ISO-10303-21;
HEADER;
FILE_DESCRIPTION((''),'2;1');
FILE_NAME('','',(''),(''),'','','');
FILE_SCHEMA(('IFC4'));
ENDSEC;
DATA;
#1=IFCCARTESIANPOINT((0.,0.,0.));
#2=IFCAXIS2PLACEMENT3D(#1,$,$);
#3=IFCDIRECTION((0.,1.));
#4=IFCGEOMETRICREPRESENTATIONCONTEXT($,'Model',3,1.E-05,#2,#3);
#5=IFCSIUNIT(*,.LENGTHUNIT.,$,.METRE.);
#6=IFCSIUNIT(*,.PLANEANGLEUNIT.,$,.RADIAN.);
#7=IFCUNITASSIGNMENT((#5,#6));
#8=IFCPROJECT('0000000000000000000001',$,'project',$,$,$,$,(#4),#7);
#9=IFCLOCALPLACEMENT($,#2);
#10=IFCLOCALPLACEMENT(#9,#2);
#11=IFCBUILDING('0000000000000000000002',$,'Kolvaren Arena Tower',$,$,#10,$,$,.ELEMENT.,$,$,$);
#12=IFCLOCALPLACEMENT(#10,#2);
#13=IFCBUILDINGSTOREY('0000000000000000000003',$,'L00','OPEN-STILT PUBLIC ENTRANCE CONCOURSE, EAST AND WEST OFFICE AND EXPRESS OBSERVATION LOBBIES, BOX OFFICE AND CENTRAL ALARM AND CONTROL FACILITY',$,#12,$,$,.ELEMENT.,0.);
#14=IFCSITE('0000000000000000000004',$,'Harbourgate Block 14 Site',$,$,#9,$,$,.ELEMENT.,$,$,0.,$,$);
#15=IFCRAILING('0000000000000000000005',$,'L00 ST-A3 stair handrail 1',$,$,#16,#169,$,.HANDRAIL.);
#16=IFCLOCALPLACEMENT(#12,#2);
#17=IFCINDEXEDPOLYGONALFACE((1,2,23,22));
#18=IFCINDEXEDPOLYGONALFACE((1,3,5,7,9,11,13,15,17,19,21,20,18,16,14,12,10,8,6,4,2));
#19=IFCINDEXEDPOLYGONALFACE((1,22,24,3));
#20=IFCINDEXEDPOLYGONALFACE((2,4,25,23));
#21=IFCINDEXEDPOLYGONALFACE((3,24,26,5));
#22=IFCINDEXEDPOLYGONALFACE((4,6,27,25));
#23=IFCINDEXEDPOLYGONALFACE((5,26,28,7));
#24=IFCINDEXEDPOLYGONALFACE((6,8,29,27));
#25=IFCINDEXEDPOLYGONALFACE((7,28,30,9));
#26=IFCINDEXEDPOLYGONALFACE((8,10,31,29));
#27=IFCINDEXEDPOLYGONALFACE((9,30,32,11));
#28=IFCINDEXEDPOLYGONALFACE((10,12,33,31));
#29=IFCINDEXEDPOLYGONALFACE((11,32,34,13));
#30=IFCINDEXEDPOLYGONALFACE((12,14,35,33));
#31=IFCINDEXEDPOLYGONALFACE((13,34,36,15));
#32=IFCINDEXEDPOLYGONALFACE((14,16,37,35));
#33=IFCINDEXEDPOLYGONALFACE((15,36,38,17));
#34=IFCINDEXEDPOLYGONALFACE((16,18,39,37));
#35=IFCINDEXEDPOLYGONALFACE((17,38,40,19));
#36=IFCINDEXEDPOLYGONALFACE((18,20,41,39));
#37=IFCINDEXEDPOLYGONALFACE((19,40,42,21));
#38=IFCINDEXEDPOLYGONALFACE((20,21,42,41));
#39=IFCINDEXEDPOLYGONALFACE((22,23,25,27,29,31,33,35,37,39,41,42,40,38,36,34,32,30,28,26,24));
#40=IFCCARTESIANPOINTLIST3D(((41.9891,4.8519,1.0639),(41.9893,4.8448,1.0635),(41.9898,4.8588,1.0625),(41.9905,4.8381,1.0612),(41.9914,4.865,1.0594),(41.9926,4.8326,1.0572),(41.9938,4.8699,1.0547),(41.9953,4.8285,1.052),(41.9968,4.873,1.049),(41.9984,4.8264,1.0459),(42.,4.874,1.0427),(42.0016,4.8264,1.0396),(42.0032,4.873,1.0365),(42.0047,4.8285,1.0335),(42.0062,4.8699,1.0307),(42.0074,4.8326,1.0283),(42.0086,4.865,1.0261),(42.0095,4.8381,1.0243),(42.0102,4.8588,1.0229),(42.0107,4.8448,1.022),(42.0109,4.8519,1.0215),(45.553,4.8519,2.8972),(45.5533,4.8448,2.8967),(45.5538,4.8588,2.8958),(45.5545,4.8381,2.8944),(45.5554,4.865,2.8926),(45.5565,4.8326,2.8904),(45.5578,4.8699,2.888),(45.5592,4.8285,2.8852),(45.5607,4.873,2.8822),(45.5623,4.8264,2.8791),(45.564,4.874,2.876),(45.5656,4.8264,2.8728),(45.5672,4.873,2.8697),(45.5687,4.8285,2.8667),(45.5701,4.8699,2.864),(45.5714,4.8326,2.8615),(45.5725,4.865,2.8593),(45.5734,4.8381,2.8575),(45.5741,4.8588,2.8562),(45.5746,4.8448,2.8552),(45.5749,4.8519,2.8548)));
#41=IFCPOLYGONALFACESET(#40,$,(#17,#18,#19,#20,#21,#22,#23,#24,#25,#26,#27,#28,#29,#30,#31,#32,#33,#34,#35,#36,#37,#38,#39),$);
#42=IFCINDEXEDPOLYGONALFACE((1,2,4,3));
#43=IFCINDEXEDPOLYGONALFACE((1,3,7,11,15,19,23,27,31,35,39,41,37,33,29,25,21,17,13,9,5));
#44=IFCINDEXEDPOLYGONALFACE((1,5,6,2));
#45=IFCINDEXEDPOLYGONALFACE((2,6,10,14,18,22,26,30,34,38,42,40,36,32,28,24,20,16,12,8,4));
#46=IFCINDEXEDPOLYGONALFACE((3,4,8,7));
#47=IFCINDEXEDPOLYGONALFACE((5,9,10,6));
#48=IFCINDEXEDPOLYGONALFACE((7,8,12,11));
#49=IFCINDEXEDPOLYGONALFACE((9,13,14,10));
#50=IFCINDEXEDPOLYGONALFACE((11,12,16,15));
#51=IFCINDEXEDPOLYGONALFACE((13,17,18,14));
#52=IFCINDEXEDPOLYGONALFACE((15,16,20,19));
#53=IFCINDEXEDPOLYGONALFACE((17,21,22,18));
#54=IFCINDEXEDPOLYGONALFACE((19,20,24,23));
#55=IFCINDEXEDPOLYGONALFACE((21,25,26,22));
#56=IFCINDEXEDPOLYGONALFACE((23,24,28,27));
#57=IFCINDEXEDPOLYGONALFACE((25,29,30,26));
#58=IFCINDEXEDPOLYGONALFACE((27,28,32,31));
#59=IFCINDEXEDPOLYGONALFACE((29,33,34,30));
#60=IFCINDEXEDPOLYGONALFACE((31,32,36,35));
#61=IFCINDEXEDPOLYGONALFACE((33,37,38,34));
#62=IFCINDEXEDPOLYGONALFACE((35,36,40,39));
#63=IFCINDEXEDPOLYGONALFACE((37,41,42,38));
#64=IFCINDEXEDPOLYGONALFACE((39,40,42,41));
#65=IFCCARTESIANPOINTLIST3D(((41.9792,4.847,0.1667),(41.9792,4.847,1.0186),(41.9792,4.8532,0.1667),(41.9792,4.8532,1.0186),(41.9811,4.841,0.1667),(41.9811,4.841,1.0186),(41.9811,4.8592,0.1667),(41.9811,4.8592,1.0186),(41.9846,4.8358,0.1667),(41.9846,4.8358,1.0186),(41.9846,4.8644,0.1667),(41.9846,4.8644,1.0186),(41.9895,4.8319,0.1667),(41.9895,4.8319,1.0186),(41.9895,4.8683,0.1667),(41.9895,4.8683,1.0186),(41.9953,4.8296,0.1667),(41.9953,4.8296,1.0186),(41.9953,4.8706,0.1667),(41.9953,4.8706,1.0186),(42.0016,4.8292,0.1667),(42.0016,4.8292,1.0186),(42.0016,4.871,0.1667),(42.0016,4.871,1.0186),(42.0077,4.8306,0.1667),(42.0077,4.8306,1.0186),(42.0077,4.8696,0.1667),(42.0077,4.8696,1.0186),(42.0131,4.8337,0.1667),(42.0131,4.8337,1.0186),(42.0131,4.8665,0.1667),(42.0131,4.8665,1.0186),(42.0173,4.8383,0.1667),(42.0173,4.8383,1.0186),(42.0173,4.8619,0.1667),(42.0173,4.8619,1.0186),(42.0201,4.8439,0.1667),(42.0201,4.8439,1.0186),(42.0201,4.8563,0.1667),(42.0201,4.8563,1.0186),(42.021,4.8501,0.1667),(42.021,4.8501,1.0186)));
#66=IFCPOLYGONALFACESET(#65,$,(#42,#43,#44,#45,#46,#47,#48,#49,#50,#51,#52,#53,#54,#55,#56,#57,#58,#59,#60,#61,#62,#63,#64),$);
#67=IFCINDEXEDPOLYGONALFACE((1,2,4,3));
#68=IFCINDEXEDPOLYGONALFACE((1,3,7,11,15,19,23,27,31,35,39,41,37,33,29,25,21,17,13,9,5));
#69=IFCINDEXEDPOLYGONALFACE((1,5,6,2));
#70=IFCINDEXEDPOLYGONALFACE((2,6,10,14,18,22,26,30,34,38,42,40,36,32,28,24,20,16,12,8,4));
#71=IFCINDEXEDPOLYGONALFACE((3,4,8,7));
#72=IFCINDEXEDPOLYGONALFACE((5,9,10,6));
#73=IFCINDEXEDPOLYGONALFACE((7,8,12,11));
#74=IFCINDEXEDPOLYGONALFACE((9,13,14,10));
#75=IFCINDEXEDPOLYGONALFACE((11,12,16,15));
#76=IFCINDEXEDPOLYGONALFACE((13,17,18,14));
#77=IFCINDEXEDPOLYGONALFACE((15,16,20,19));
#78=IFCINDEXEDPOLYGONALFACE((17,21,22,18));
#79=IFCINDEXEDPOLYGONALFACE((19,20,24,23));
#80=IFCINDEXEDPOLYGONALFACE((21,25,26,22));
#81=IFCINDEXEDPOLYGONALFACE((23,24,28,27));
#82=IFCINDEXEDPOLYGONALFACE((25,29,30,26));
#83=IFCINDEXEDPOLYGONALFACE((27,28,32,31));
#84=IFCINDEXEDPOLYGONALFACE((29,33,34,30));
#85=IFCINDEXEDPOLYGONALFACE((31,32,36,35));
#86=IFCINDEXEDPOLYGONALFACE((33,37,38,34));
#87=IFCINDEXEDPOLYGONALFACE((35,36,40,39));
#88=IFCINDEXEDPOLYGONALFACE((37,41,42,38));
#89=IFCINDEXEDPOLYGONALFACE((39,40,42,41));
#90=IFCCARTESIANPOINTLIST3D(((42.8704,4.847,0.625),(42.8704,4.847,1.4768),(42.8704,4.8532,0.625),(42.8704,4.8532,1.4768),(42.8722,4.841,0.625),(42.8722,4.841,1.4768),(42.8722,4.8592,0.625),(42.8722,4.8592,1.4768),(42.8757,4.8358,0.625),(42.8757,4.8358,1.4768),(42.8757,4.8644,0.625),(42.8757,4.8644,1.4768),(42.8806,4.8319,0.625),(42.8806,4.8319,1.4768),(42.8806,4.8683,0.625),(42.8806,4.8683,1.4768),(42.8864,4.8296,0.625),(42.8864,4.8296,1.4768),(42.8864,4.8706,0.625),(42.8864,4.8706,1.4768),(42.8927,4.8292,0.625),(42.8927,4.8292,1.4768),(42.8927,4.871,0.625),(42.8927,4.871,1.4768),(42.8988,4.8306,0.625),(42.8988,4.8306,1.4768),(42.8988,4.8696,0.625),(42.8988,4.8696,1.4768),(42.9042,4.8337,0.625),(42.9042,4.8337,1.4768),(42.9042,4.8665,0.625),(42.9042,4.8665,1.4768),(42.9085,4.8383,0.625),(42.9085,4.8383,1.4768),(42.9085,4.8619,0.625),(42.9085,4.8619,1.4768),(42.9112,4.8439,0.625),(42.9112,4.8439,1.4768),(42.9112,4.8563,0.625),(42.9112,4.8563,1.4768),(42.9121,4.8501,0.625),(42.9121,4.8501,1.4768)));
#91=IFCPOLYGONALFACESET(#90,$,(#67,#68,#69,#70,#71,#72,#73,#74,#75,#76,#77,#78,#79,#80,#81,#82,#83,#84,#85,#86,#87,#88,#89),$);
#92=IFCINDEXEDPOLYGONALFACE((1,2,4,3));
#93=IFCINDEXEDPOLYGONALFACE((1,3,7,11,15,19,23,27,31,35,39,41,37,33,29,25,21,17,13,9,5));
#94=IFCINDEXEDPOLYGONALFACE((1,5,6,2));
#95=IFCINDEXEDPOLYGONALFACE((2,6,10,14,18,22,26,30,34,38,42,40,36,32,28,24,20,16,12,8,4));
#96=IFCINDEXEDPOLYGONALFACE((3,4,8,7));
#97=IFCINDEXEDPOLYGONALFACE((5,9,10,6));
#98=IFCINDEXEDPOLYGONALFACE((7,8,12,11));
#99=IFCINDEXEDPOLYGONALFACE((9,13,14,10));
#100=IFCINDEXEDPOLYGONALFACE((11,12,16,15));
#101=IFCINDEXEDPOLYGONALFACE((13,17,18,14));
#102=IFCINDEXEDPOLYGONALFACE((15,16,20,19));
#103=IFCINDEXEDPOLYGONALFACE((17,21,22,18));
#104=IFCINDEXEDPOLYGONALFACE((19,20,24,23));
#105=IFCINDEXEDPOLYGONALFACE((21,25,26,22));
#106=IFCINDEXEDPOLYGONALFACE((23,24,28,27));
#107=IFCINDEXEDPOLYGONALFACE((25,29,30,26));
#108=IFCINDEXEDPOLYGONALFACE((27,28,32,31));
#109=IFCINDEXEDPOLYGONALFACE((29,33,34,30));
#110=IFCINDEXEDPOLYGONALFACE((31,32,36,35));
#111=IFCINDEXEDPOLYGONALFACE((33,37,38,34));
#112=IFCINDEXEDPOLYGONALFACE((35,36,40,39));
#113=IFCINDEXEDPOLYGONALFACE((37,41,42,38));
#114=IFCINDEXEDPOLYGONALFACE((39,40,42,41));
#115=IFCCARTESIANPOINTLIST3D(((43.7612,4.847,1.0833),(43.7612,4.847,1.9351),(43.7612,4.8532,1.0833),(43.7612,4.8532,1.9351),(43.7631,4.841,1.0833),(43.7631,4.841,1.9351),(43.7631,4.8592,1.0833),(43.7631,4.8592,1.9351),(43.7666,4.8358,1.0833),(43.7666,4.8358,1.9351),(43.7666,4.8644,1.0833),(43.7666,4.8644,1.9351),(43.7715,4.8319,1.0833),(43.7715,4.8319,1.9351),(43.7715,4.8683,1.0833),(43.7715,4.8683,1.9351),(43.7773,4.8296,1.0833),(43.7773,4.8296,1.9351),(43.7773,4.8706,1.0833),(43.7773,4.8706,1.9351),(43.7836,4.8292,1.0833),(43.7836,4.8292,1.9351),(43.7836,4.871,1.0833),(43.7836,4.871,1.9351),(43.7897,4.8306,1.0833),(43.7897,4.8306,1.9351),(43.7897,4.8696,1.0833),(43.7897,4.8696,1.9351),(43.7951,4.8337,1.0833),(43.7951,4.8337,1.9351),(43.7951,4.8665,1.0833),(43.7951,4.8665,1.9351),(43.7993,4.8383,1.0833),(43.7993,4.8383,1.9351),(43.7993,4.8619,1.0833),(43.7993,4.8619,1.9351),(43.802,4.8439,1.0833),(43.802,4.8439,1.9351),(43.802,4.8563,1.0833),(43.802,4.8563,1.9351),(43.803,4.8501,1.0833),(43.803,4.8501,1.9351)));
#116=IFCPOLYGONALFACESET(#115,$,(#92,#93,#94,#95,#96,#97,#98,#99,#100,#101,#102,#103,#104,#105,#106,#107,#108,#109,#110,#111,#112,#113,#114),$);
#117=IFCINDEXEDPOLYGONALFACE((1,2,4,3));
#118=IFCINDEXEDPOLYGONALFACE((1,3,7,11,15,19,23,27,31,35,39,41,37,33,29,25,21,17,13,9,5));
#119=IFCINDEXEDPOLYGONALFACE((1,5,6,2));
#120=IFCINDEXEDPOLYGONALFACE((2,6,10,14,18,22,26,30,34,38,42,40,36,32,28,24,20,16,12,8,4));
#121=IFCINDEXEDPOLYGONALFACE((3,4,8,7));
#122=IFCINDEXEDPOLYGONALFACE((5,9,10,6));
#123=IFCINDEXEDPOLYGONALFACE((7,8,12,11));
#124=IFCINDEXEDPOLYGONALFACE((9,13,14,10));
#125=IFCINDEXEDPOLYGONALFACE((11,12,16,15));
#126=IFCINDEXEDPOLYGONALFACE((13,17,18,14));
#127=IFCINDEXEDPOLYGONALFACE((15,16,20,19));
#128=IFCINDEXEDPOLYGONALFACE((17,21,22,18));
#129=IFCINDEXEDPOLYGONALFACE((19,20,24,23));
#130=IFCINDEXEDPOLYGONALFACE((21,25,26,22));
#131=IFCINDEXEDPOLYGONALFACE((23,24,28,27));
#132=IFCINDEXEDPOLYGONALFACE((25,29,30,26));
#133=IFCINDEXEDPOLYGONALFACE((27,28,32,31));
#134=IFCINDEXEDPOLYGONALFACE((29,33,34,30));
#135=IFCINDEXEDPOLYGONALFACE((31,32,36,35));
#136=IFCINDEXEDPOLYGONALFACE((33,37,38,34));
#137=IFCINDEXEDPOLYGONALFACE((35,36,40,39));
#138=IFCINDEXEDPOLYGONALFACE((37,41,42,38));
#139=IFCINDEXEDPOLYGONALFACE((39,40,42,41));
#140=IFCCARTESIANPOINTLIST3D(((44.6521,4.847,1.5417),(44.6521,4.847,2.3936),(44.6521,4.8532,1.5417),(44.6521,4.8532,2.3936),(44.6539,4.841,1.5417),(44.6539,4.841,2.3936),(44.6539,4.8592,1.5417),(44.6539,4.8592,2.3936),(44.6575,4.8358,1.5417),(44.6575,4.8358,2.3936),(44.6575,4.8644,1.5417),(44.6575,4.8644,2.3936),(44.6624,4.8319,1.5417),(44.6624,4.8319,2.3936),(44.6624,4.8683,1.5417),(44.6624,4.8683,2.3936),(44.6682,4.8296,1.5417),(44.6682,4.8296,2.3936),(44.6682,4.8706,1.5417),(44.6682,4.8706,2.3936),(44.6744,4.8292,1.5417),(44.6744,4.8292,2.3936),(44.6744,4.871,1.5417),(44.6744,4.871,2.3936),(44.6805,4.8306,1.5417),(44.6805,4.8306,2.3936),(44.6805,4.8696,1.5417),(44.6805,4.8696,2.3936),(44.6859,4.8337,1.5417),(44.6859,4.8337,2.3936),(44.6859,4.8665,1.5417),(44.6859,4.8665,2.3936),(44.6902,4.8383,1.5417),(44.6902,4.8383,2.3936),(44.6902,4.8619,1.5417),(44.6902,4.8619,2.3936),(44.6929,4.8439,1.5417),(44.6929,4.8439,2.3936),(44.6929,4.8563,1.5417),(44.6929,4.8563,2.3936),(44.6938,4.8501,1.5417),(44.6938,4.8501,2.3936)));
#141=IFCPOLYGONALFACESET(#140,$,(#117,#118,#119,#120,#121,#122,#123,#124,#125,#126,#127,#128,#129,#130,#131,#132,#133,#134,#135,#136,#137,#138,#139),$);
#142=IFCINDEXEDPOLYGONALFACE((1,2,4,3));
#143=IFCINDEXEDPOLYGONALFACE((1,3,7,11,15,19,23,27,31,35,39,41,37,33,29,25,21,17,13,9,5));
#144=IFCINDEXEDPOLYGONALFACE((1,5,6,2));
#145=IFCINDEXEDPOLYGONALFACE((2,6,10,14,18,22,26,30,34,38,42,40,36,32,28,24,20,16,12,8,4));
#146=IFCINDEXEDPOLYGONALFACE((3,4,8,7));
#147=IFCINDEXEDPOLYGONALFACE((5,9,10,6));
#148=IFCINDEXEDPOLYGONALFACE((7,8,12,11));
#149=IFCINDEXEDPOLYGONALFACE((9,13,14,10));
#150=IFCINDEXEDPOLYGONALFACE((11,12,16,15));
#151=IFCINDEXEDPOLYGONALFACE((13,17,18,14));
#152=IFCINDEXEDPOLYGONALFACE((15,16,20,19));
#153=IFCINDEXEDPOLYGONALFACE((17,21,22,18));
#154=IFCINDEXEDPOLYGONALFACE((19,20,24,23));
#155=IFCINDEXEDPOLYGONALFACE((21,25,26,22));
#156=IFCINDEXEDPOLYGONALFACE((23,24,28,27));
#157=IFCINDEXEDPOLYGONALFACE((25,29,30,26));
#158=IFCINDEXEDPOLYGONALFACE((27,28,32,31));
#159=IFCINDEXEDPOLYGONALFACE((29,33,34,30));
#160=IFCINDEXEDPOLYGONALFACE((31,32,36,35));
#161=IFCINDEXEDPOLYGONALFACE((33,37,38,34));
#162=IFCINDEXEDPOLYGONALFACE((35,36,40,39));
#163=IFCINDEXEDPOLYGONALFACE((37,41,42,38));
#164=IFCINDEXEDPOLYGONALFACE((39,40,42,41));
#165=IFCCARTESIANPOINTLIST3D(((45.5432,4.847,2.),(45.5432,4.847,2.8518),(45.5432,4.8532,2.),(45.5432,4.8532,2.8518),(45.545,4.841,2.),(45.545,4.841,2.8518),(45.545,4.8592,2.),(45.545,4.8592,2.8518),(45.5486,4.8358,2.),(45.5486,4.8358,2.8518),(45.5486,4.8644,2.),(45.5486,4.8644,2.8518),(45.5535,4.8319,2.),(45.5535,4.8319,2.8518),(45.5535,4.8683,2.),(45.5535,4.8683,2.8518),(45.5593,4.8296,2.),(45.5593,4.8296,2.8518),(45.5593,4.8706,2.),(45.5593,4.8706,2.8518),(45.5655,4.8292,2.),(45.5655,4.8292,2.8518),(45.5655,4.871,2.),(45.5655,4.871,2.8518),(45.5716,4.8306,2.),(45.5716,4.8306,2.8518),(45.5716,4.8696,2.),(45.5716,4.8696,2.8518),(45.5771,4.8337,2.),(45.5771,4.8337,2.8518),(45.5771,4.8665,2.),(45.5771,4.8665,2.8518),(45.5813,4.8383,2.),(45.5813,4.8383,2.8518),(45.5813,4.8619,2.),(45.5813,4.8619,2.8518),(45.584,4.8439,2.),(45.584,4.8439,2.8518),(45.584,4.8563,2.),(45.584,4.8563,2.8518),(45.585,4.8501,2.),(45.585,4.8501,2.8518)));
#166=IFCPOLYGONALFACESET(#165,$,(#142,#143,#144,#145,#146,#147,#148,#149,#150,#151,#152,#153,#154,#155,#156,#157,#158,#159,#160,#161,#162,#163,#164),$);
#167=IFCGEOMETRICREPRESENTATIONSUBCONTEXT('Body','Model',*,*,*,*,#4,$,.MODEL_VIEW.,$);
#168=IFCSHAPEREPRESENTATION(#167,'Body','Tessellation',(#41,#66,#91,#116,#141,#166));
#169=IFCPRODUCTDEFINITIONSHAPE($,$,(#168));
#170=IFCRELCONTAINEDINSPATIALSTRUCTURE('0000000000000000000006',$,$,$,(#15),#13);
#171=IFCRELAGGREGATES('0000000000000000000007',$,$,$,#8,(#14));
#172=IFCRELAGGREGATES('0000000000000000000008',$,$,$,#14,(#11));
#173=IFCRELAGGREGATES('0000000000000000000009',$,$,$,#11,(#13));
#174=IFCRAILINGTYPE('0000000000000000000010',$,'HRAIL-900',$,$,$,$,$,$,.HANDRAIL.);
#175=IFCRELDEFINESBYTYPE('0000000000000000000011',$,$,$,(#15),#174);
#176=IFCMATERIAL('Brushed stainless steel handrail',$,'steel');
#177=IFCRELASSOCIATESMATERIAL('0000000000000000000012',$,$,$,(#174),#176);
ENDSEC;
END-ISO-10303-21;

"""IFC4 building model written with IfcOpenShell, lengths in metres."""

from ifc_helpers import new_model, si_unit, direction, frame, origin, origin_2d, place, context, subcontext, project, spatial, circle, extrude, material, type_object, element, save


model = new_model("IFC4")

# Units and contexts
model_context = context("Model", 3, precision=1e-05, world=origin(), true_north=direction((0.0, 1.0)))
body_context = subcontext(model_context, "Body", "Model", "MODEL_VIEW")
ifc_project = project(units=[si_unit("LENGTHUNIT", "METRE"), si_unit("PLANEANGLEUNIT", "RADIAN")], contexts=[model_context])

# Site, building, storey
site_placement = place(None, origin())
site = spatial("IfcSite", under=ifc_project, at=site_placement, Name="Harbourgate Block 14 Site", CompositionType="ELEMENT", RefElevation=0.0)
building_placement = place(site_placement, origin())
building = spatial("IfcBuilding", under=site, at=building_placement, Name="Kolvaren Arena Tower", CompositionType="ELEMENT")
storey_placement = place(building_placement, origin())
storey = spatial("IfcBuildingStorey", under=building, at=storey_placement, Name="L00", Description="OPEN-STILT PUBLIC ENTRANCE CONCOURSE, EAST AND WEST OFFICE AND EXPRESS OBSERVATION LOBBIES, BOX OFFICE AND CENTRAL ALARM AND CONTROL FACILITY", CompositionType="ELEMENT", Elevation=0.0)

# Railing
ifc_material_1 = material(Name="Brushed stainless steel handrail", Category="steel")
railing_type_1 = type_object("IfcRailingType", Name="HRAIL-900", PredefinedType="HANDRAIL", material=ifc_material_1)
for number, where, name in (
    (1, (42.0, 4.8501, 0.1667), "L00 ST-A3 stair handrail 1"),
):
    element("IfcRailing", number, at=place(storey_placement, frame(where)), inside=storey, type_object=railing_type_1, Name=name, PredefinedType="HANDRAIL", context=body_context, shape_type="SweptSolid", body=[
        extrude(circle(Radius=0.0239, at=origin_2d()), frame((0.0, 0.0, 0.876), z_axis=(0.889252, 0.0, 0.457418), x_axis=(0.0, 1.0, 0.0)), (0.0, 0.0, 1.0), 4.0078),
        extrude(circle(Radius=0.021, at=origin_2d()), origin(), (0.0, 0.0, 1.0), 0.8518),
        extrude(circle(Radius=0.021, at=origin_2d()), frame((0.8911, 0.0, 0.4583)), (0.0, 0.0, 1.0), 0.8518),
        extrude(circle(Radius=0.021, at=origin_2d()), frame((1.782, 0.0, 0.9165)), (0.0, 0.0, 1.0), 0.8518),
        extrude(circle(Radius=0.021, at=origin_2d()), frame((2.6729, 0.0, 1.375)), (0.0, 0.0, 1.0), 0.8518),
        extrude(circle(Radius=0.021, at=origin_2d()), frame((3.564, 0.0, 1.8333)), (0.0, 0.0, 1.0), 0.8518),
    ])

save(model, "model.ifc")
